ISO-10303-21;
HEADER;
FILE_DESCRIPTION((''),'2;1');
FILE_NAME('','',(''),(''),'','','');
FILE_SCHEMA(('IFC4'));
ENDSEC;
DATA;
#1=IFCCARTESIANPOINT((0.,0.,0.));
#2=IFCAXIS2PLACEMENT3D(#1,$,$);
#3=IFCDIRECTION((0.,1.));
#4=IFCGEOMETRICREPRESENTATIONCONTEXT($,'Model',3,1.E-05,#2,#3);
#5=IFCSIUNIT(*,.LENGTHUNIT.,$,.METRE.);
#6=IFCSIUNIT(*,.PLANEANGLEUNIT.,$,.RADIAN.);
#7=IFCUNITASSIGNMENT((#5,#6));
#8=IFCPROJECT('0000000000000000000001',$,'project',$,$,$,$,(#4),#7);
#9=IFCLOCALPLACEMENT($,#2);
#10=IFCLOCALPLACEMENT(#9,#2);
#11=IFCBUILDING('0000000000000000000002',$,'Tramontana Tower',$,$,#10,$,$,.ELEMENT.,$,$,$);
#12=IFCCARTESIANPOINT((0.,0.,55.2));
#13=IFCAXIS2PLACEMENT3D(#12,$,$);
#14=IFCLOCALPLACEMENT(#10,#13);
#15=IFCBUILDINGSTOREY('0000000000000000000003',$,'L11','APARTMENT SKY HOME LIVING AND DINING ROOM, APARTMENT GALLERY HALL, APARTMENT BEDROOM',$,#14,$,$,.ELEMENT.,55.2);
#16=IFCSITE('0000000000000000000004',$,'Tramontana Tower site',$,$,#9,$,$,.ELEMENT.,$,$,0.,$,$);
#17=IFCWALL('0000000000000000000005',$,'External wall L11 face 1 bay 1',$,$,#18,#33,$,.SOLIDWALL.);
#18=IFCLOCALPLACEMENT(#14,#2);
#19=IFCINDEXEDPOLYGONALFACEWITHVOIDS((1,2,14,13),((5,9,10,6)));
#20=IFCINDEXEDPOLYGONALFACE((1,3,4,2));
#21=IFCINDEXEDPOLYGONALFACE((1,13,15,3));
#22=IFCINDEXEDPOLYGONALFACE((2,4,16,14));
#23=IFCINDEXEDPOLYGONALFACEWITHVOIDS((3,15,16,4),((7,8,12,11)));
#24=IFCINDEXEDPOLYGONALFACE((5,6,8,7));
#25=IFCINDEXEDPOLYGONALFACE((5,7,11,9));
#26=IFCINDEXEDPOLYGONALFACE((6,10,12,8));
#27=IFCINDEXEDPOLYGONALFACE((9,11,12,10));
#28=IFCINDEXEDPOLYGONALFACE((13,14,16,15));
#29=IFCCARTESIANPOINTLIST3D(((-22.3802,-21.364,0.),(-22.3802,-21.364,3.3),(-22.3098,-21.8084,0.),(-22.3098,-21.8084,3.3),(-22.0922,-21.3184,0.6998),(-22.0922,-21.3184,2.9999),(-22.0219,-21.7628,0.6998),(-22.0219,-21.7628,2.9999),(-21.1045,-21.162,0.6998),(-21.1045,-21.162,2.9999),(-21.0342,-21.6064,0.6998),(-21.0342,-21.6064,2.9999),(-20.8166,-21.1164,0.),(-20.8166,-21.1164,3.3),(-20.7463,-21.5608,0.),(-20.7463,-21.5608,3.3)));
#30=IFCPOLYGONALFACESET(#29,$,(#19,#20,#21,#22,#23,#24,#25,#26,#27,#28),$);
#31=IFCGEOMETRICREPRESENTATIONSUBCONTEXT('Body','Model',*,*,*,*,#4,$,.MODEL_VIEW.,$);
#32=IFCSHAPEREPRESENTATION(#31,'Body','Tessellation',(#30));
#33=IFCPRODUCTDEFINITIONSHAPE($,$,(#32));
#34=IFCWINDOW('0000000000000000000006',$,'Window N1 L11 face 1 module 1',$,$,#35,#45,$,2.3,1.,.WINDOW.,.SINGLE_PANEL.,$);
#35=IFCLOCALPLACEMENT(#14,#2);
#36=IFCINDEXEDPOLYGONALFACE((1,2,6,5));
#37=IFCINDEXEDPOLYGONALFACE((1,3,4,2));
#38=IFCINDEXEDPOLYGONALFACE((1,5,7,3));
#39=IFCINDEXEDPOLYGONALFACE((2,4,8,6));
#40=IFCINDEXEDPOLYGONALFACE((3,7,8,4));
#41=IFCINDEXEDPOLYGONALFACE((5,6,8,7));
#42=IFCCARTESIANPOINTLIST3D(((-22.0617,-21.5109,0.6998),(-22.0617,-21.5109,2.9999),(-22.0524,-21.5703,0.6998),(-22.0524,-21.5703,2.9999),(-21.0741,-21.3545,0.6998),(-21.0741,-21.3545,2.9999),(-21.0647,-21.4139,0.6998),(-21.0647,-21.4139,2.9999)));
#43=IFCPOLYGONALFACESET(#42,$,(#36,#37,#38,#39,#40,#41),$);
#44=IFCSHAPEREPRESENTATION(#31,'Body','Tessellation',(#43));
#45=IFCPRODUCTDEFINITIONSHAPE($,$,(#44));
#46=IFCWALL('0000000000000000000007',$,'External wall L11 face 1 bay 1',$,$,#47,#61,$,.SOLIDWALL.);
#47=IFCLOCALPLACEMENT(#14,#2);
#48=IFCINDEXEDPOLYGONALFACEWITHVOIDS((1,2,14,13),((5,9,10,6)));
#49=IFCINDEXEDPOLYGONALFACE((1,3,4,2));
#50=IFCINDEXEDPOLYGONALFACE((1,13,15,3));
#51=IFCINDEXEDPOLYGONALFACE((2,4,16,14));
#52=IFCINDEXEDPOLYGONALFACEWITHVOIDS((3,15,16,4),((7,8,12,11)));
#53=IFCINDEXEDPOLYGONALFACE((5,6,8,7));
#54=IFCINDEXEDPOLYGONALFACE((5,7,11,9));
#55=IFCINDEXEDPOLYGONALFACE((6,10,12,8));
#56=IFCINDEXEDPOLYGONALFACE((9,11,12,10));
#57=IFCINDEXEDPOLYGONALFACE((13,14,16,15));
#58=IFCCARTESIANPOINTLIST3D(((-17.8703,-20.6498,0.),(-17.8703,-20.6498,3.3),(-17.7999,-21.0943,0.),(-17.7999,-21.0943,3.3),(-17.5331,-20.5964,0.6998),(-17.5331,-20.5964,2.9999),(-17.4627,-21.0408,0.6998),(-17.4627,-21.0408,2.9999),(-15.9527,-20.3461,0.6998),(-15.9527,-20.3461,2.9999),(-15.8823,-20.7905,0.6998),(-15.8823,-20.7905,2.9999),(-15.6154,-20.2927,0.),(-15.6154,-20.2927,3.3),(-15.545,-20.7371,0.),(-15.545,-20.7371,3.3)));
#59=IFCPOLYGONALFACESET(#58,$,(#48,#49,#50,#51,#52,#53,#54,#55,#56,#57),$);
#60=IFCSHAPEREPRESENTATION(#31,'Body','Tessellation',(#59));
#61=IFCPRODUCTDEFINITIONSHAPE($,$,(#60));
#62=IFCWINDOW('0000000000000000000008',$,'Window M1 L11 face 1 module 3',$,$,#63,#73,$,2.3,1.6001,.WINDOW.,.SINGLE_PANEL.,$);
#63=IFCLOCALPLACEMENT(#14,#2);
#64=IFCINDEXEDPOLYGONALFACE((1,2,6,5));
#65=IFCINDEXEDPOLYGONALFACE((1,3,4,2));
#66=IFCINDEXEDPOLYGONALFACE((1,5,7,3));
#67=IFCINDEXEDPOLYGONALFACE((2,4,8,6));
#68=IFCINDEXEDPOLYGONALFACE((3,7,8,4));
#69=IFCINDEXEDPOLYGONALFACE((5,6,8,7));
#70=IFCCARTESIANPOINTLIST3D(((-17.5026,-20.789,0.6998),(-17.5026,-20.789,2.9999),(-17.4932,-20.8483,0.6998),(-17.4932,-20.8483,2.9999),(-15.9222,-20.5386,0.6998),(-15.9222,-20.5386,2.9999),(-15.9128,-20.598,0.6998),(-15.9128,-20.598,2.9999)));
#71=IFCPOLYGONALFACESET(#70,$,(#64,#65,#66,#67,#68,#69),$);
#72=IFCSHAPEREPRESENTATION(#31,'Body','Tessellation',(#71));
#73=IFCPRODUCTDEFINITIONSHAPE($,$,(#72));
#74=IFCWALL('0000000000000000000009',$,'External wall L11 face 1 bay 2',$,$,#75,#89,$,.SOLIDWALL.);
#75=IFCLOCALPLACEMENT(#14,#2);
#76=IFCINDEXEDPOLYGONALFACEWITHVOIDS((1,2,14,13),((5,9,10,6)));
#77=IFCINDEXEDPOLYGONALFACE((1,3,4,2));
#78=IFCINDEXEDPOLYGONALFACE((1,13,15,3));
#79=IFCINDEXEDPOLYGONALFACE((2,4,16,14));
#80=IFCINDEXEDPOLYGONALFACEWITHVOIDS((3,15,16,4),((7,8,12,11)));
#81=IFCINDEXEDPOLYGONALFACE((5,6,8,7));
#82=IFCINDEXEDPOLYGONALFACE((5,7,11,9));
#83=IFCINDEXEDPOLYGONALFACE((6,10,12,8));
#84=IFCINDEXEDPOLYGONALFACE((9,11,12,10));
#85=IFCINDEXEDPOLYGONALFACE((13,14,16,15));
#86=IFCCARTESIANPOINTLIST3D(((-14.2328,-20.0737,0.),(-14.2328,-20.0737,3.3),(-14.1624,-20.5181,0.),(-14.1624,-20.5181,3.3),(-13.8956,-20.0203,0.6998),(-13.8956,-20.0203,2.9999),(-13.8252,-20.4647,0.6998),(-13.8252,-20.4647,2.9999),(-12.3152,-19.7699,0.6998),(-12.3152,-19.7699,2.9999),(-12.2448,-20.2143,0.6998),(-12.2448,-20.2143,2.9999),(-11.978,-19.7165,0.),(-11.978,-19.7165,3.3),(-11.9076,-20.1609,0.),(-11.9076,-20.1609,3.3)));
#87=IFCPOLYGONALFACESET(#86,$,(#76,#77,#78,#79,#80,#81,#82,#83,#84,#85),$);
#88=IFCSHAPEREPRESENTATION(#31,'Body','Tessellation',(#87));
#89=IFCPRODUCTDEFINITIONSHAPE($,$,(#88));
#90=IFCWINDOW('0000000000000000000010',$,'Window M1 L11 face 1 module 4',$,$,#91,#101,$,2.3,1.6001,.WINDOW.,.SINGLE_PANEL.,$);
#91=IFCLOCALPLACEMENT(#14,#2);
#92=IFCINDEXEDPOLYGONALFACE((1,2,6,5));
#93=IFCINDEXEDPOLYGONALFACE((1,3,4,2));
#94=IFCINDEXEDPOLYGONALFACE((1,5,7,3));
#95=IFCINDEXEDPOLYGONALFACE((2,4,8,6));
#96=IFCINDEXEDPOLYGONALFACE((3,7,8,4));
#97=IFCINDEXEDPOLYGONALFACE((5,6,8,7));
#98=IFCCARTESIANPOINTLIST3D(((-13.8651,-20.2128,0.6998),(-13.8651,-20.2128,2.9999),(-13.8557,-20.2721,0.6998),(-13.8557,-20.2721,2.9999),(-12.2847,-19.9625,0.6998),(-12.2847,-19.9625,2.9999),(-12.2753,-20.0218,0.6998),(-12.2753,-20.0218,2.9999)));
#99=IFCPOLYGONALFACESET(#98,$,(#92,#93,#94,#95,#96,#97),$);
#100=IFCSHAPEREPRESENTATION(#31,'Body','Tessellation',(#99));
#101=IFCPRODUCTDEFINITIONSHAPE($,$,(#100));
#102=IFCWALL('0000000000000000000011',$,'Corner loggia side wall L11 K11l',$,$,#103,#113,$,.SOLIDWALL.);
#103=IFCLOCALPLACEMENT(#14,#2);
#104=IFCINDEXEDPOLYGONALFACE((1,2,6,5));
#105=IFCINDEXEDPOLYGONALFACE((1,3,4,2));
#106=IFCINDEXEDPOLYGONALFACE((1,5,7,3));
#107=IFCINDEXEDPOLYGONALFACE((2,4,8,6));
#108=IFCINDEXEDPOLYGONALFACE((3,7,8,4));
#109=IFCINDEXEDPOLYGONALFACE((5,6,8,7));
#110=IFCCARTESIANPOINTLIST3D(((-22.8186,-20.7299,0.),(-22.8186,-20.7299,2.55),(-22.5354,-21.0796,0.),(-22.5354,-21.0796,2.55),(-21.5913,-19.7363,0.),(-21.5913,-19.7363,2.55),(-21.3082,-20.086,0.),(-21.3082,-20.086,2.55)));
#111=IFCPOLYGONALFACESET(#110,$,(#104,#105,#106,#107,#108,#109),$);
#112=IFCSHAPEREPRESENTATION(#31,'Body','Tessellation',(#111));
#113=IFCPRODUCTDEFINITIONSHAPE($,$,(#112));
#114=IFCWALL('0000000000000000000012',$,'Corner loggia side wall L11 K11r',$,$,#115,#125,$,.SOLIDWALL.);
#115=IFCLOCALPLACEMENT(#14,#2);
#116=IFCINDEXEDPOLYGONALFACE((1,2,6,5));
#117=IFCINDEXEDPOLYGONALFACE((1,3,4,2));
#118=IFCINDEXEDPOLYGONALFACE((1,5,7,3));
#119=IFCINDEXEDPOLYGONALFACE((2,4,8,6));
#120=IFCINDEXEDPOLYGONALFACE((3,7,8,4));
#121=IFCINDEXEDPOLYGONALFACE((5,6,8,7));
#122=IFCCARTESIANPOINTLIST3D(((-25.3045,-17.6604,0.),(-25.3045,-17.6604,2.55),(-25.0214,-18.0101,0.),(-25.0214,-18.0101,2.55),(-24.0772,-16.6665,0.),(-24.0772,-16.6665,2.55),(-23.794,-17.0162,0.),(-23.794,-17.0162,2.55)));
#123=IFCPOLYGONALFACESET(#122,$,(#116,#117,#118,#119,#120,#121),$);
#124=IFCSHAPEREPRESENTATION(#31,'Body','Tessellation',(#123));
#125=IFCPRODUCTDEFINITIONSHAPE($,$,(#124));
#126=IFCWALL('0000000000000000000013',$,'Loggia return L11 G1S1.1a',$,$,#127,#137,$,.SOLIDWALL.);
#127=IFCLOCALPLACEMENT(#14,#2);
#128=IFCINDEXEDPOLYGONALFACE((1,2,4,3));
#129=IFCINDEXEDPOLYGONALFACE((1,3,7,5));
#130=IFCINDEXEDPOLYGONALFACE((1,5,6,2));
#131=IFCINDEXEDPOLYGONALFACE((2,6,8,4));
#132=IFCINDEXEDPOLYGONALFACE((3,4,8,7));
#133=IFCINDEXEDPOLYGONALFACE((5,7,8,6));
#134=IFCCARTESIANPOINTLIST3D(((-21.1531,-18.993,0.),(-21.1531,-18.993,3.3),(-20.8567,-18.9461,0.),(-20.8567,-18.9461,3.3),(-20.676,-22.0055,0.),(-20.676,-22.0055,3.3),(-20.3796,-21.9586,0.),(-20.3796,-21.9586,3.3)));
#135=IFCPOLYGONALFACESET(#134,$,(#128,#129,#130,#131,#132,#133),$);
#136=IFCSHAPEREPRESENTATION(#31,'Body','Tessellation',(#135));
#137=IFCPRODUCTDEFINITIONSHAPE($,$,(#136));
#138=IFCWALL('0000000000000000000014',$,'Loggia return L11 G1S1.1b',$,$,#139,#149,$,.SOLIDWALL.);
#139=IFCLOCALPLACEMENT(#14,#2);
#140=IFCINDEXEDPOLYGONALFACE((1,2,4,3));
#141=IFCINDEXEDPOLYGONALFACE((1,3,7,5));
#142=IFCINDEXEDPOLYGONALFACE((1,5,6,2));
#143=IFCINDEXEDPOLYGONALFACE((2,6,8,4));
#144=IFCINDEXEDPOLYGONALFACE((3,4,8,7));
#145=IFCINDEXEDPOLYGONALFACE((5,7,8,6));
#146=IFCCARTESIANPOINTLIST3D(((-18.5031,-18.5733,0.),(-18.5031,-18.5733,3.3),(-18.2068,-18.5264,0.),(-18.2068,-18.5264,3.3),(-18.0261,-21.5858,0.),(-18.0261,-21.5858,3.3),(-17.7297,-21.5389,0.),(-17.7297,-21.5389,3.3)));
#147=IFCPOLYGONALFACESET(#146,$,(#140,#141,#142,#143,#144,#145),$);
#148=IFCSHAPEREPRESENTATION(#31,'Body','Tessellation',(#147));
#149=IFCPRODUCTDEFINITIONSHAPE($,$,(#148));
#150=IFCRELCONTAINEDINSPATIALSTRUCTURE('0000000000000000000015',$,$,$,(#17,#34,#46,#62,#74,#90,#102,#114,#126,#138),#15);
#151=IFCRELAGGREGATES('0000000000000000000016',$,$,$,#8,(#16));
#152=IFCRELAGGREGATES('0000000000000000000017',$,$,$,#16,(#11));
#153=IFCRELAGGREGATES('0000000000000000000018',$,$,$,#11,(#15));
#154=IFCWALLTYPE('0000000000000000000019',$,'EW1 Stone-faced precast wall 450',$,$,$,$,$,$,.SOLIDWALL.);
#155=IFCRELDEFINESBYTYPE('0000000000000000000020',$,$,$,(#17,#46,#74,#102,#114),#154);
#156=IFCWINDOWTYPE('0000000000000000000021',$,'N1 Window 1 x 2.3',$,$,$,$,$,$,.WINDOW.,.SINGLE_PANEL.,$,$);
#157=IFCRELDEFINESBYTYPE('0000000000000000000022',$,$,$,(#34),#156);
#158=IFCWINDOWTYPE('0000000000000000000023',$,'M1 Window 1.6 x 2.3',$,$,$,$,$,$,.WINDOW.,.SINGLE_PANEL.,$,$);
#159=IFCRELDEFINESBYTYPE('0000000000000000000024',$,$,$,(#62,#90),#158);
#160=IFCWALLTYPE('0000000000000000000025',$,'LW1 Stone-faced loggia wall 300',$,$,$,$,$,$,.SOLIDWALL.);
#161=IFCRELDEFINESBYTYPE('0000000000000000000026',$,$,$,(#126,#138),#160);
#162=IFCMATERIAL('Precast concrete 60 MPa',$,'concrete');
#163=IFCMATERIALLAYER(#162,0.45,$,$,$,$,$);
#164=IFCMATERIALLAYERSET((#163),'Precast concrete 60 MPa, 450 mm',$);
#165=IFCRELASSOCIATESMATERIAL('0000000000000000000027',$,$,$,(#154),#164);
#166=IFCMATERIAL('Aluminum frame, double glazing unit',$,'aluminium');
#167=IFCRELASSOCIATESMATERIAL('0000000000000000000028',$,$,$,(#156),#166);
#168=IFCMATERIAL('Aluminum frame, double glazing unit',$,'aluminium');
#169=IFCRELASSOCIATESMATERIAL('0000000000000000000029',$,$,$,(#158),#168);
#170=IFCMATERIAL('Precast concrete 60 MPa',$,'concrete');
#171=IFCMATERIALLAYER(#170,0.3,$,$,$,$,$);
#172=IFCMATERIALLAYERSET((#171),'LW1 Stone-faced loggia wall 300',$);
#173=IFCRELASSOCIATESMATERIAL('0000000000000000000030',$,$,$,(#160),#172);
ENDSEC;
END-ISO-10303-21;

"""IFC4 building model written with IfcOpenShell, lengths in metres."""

from ifc_helpers import new_model, si_unit, direction, frame, frame_2d, origin, place, context, subcontext, project, spatial, rectangle, extrude, material, layer, layer_set, type_object, element, fill, save


model = new_model("IFC4")

# Units and contexts
model_context = context("Model", 3, precision=1e-05, world=origin(), true_north=direction((0.0, 1.0)))
body_context = subcontext(model_context, "Body", "Model", "MODEL_VIEW")
ifc_project = project(units=[si_unit("LENGTHUNIT", "METRE"), si_unit("PLANEANGLEUNIT", "RADIAN")], contexts=[model_context])

# Site, building, storey
site_placement = place(None, origin())
site = spatial("IfcSite", under=ifc_project, at=site_placement, Name="Tramontana Tower site", CompositionType="ELEMENT", RefElevation=0.0)
building_placement = place(site_placement, origin())
building = spatial("IfcBuilding", under=site, at=building_placement, Name="Tramontana Tower", CompositionType="ELEMENT")
storey_placement = place(building_placement, frame((0.0, 0.0, 55.2)))
storey = spatial("IfcBuildingStorey", under=building, at=storey_placement, Name="L11", Description="APARTMENT SKY HOME LIVING AND DINING ROOM, APARTMENT GALLERY HALL, APARTMENT BEDROOM", CompositionType="ELEMENT", Elevation=55.2)

# Walls, openings, windows
ifc_material_1 = material(Name="Precast concrete 60 MPa", Category="concrete")
ifc_layer_1 = layer(ifc_material_1, 0.45)
ifc_layer_set_1 = layer_set([ifc_layer_1], Name="Precast concrete 60 MPa, 450 mm")
wall_type_1 = type_object("IfcWallType", Name="EW1 Stone-faced precast wall 450", PredefinedType="SOLIDWALL", material=ifc_layer_set_1)
ifc_material_2 = material(Name="Aluminum frame, double glazing unit", Category="aluminium")
window_type_1 = type_object("IfcWindowType", Name="N1 Window 1 x 2.3", PartitioningType="SINGLE_PANEL", PredefinedType="WINDOW", material=ifc_material_2)
wall_1_placement = place(storey_placement, frame((-22.345, -21.5862, 0.0), z_axis=(0.0, 0.0, 1.0), x_axis=(0.987695, 0.15639, 0.0)))
wall_1 = element("IfcWall", 1, at=wall_1_placement, inside=storey, type_object=wall_type_1, Name="External wall L11 face 1 bay 1", PredefinedType="SOLIDWALL", context=body_context, shape_type="SweptSolid", body=[
    extrude(rectangle(XDim=1.583, YDim=0.45, at=frame_2d((0.7915, 0.0))), origin(), (0.0, 0.0, 1.0), 3.3),
])
opening_1_placement = place(wall_1_placement, frame((0.2915, 0.0, 0.7)))
opening_1 = element("IfcOpeningElement", 2, at=opening_1_placement, cuts=wall_1, PredefinedType="OPENING", context=body_context, shape_type="SweptSolid", body=[
    extrude(rectangle(XDim=1.0, YDim=2.3, at=frame_2d((0.5, 1.1499))), frame((0.0, 0.2349, 0.0), z_axis=(0.0, -1.0, 0.0), x_axis=(1.0, 0.0, 0.0)), (0.0, 0.0, 1.0), 0.47),
])
window_1_placement = place(opening_1_placement, origin())
window_1 = element("IfcWindow", 3, at=window_1_placement, inside=storey, type_object=window_type_1, Name="Window N1 L11 face 1 module 1", OverallHeight=2.3, OverallWidth=1.0, PartitioningType="SINGLE_PANEL", PredefinedType="WINDOW", context=body_context, shape_type="SweptSolid", body=[
    extrude(rectangle(XDim=1.0, YDim=2.3, at=frame_2d((0.5, 1.1499))), frame((0.0, 0.03, 0.0), z_axis=(0.0, -1.0, 0.0), x_axis=(1.0, 0.0, 0.0)), (0.0, 0.0, 1.0), 0.0601),
])
fill(opening_1, window_1)
wall_2_placement = place(storey_placement, frame((-17.8352, -20.8721, 0.0), z_axis=(0.0, 0.0, 1.0), x_axis=(0.987686, 0.156451, 0.0)))
wall_2 = element("IfcWall", 4, at=wall_2_placement, inside=storey, type_object=wall_type_1, Name="External wall L11 face 1 bay 1", PredefinedType="SOLIDWALL", context=body_context, shape_type="SweptSolid", body=[
    extrude(rectangle(XDim=2.283, YDim=0.45, at=frame_2d((1.1416, 0.0))), origin(), (0.0, 0.0, 1.0), 3.3),
])
opening_2_placement = place(wall_2_placement, frame((0.3416, 0.0, 0.7)))
opening_2 = element("IfcOpeningElement", 5, at=opening_2_placement, cuts=wall_2, PredefinedType="OPENING", context=body_context, shape_type="SweptSolid", body=[
    extrude(rectangle(XDim=1.6001, YDim=2.3, at=frame_2d((0.8, 1.1499))), frame((0.0, 0.2349, 0.0), z_axis=(0.0, -1.0, 0.0), x_axis=(1.0, 0.0, 0.0)), (0.0, 0.0, 1.0), 0.47),
])
ifc_material_3 = material(Name="Aluminum frame, double glazing unit", Category="aluminium")
window_type_2 = type_object("IfcWindowType", Name="M1 Window 1.6 x 2.3", PartitioningType="SINGLE_PANEL", PredefinedType="WINDOW", material=ifc_material_3)
window_2_placement = place(opening_2_placement, origin())
window_2 = element("IfcWindow", 6, at=window_2_placement, inside=storey, type_object=window_type_2, Name="Window M1 L11 face 1 module 3", OverallHeight=2.3, OverallWidth=1.6001, PartitioningType="SINGLE_PANEL", PredefinedType="WINDOW", context=body_context, shape_type="SweptSolid", body=[
    extrude(rectangle(XDim=1.6001, YDim=2.3, at=frame_2d((0.8, 1.1499))), frame((0.0, 0.03, 0.0), z_axis=(0.0, -1.0, 0.0), x_axis=(1.0, 0.0, 0.0)), (0.0, 0.0, 1.0), 0.0601),
])
fill(opening_2, window_2)
wall_3_placement = place(storey_placement, frame((-14.1978, -20.2959, 0.0), z_axis=(0.0, 0.0, 1.0), x_axis=(0.987686, 0.156451, 0.0)))
wall_3 = element("IfcWall", 7, at=wall_3_placement, inside=storey, type_object=wall_type_1, Name="External wall L11 face 1 bay 2", PredefinedType="SOLIDWALL", context=body_context, shape_type="SweptSolid", body=[
    extrude(rectangle(XDim=2.283, YDim=0.45, at=frame_2d((1.1416, 0.0))), origin(), (0.0, 0.0, 1.0), 3.3),
])
opening_3_placement = place(wall_3_placement, frame((0.3416, 0.0, 0.7)))
opening_3 = element("IfcOpeningElement", 8, at=opening_3_placement, cuts=wall_3, PredefinedType="OPENING", context=body_context, shape_type="SweptSolid", body=[
    extrude(rectangle(XDim=1.6001, YDim=2.3, at=frame_2d((0.8, 1.1499))), frame((0.0, 0.2349, 0.0), z_axis=(0.0, -1.0, 0.0), x_axis=(1.0, 0.0, 0.0)), (0.0, 0.0, 1.0), 0.47),
])
window_3_placement = place(opening_3_placement, origin())
window_3 = element("IfcWindow", 9, at=window_3_placement, inside=storey, type_object=window_type_2, Name="Window M1 L11 face 1 module 4", OverallHeight=2.3, OverallWidth=1.6001, PartitioningType="SINGLE_PANEL", PredefinedType="WINDOW", context=body_context, shape_type="SweptSolid", body=[
    extrude(rectangle(XDim=1.6001, YDim=2.3, at=frame_2d((0.8, 1.1499))), frame((0.0, 0.03, 0.0), z_axis=(0.0, -1.0, 0.0), x_axis=(1.0, 0.0, 0.0)), (0.0, 0.0, 1.0), 0.0601),
])
fill(opening_3, window_3)

# Walls
wall_4_placement = place(storey_placement, frame((-22.677, -20.9048, 0.0), z_axis=(0.0, 0.0, 1.0), x_axis=(0.777205, 0.629247, 0.0)))
element("IfcWall", 10, at=wall_4_placement, inside=storey, type_object=wall_type_1, Name="Corner loggia side wall L11 K11l", PredefinedType="SOLIDWALL", context=body_context, shape_type="SweptSolid", body=[
    extrude(rectangle(XDim=1.5791, YDim=0.45, at=frame_2d((0.7896, 0.0))), origin(), (0.0, 0.0, 1.0), 2.55),
])
wall_5_placement = place(storey_placement, frame((-25.1628, -17.8352, 0.0), z_axis=(0.0, 0.0, 1.0), x_axis=(0.77713, 0.629341, 0.0)))
element("IfcWall", 11, at=wall_5_placement, inside=storey, type_object=wall_type_1, Name="Corner loggia side wall L11 K11r", PredefinedType="SOLIDWALL", context=body_context, shape_type="SweptSolid", body=[
    extrude(rectangle(XDim=1.5793, YDim=0.45, at=frame_2d((0.7896, 0.0))), origin(), (0.0, 0.0, 1.0), 2.55),
])

# Shared definitions
ifc_material_4 = material(Name="Precast concrete 60 MPa", Category="concrete")
ifc_layer_2 = layer(ifc_material_4, 0.3)
ifc_layer_set_2 = layer_set([ifc_layer_2], Name="LW1 Stone-faced loggia wall 300")
wall_type_2 = type_object("IfcWallType", Name="LW1 Stone-faced loggia wall 300", PredefinedType="SOLIDWALL", material=ifc_layer_set_2)

# Walls
for number, where, z_axis, x_axis, name in (
    (12, (-20.5278, -21.9819, 0.0), (0.0, 0.0, 1.0), (-0.156411, 0.987692, 0.0), "Loggia return L11 G1S1.1a"),
    (13, (-17.8779, -21.5623, 0.0), (0.0, 0.0, 1.0), (-0.156411, 0.987692, 0.0), "Loggia return L11 G1S1.1b"),
):
    element("IfcWall", number, at=place(storey_placement, frame(where, z_axis=z_axis, x_axis=x_axis)), inside=storey, type_object=wall_type_2, Name=name, PredefinedType="SOLIDWALL", context=body_context, shape_type="SweptSolid", body=[
        extrude(rectangle(XDim=3.05, YDim=0.3, at=frame_2d((1.5249, 0.0))), origin(), (0.0, 0.0, 1.0), 3.3),
    ])

save(model, "model.ifc")
